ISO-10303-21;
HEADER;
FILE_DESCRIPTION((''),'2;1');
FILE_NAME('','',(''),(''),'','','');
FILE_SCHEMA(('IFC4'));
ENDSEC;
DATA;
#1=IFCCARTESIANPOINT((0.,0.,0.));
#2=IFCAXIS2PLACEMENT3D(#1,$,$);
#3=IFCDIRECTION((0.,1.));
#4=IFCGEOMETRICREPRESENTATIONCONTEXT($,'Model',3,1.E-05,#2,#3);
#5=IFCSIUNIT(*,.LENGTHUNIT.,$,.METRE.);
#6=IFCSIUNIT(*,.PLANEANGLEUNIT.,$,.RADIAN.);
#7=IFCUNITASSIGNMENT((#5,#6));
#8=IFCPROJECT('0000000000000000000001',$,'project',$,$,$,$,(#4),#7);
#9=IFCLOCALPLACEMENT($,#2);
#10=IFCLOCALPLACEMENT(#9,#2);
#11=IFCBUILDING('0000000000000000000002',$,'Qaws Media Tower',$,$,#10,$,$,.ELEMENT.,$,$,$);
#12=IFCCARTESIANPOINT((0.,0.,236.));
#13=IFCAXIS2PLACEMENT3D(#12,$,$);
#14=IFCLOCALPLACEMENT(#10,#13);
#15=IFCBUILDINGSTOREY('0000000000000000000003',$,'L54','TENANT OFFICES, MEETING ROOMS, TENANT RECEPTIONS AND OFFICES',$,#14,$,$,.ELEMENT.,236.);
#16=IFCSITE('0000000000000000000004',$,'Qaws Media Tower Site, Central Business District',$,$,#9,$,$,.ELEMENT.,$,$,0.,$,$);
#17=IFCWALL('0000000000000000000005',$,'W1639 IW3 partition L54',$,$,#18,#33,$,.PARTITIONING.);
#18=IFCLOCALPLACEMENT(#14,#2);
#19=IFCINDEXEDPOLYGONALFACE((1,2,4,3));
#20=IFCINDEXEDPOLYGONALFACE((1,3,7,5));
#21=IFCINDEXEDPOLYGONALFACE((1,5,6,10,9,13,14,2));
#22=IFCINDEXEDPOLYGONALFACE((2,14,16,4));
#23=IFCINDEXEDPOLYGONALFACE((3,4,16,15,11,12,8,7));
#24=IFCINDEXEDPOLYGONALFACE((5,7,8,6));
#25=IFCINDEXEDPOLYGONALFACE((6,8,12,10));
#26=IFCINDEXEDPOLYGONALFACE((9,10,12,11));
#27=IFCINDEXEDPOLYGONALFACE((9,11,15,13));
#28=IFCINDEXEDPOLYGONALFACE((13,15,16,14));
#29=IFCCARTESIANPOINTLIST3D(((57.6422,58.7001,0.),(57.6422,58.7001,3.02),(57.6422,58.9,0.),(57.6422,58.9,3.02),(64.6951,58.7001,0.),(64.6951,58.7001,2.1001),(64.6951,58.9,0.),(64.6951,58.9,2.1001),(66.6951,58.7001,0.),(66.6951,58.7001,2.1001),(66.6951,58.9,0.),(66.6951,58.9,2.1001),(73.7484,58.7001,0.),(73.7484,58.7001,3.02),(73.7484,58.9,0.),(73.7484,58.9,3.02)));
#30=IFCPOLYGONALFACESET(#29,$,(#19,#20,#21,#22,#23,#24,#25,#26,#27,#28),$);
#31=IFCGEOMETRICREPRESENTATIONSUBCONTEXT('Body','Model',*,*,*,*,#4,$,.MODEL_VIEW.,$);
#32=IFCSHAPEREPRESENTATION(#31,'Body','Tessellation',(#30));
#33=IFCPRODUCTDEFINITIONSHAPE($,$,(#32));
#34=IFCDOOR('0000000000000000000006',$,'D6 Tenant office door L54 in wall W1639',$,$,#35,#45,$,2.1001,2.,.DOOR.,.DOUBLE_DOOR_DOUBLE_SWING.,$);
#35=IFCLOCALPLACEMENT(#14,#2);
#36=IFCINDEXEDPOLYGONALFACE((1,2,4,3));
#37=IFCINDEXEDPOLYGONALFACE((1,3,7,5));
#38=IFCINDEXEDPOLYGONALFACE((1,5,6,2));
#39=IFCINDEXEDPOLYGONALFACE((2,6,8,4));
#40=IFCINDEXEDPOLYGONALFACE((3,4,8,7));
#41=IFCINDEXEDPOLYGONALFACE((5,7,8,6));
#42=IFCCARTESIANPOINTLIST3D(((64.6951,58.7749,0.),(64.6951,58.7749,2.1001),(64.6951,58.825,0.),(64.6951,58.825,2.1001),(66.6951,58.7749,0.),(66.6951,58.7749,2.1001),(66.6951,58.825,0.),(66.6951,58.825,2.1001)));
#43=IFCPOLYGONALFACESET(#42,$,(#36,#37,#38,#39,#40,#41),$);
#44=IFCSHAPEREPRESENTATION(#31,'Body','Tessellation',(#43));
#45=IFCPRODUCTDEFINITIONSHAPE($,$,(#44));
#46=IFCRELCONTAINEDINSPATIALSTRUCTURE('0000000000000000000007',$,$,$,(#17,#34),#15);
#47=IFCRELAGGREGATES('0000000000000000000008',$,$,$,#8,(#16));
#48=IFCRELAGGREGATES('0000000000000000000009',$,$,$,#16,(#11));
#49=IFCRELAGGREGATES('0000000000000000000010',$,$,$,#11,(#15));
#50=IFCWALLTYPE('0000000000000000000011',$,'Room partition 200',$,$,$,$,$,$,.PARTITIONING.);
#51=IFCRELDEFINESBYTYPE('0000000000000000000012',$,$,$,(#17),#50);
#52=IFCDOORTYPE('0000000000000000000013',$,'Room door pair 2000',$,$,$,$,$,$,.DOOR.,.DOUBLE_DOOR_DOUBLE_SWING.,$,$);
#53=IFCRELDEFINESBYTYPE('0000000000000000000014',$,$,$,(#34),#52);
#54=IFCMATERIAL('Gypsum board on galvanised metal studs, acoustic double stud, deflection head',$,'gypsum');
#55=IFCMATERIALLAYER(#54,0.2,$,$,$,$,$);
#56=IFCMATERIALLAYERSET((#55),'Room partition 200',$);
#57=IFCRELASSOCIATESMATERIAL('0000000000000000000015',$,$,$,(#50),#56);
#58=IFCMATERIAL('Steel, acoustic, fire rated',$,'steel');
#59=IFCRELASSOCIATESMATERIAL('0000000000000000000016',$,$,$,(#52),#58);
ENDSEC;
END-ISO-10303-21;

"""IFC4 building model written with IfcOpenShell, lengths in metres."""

from ifc_helpers import new_model, si_unit, direction, frame, frame_2d, origin, place, context, subcontext, project, spatial, rectangle, extrude, material, layer, layer_set, type_object, element, fill, save


model = new_model("IFC4")

# Units and contexts
model_context = context("Model", 3, precision=1e-05, world=origin(), true_north=direction((0.0, 1.0)))
body_context = subcontext(model_context, "Body", "Model", "MODEL_VIEW")
ifc_project = project(units=[si_unit("LENGTHUNIT", "METRE"), si_unit("PLANEANGLEUNIT", "RADIAN")], contexts=[model_context])

# Site, building, storey
site_placement = place(None, origin())
site = spatial("IfcSite", under=ifc_project, at=site_placement, Name="Qaws Media Tower Site, Central Business District", CompositionType="ELEMENT", RefElevation=0.0)
building_placement = place(site_placement, origin())
building = spatial("IfcBuilding", under=site, at=building_placement, Name="Qaws Media Tower", CompositionType="ELEMENT")
storey_placement = place(building_placement, frame((0.0, 0.0, 236.0)))
storey = spatial("IfcBuildingStorey", under=building, at=storey_placement, Name="L54", Description="TENANT OFFICES, MEETING ROOMS, TENANT RECEPTIONS AND OFFICES", CompositionType="ELEMENT", Elevation=236.0)

# Wall, opening, door
ifc_material_1 = material(Name="Gypsum board on galvanised metal studs, acoustic double stud, deflection head", Category="gypsum")
ifc_layer_1 = layer(ifc_material_1, 0.2)
ifc_layer_set_1 = layer_set([ifc_layer_1], Name="Room partition 200")
wall_type_1 = type_object("IfcWallType", Name="Room partition 200", PredefinedType="PARTITIONING", material=ifc_layer_set_1)
wall_1_placement = place(storey_placement, frame((57.6421, 58.8, 0.0), z_axis=(0.0, 0.0, 1.0), x_axis=(1.0, 0.0, 0.0)))
wall_1 = element("IfcWall", 1, at=wall_1_placement, inside=storey, type_object=wall_type_1, Name="W1639 IW3 partition L54", PredefinedType="PARTITIONING", context=body_context, shape_type="SweptSolid", body=[
    extrude(rectangle(XDim=16.1062, YDim=0.2, at=frame_2d((8.0532, 0.0))), origin(), (0.0, 0.0, 1.0), 3.02),
])
opening_placement = place(wall_1_placement, frame((7.053, 0.0, 0.0)))
opening = element("IfcOpeningElement", 2, at=opening_placement, cuts=wall_1, PredefinedType="OPENING", context=body_context, shape_type="SweptSolid", body=[
    extrude(rectangle(XDim=2.0, YDim=2.1001, at=frame_2d((1.0, 1.05))), frame((0.0, 0.1099, 0.0), z_axis=(0.0, -1.0, 0.0), x_axis=(1.0, 0.0, 0.0)), (0.0, 0.0, 1.0), 0.22),
])
ifc_material_2 = material(Name="Steel, acoustic, fire rated", Category="steel")
door_type = type_object("IfcDoorType", Name="Room door pair 2000", OperationType="DOUBLE_DOOR_DOUBLE_SWING", PredefinedType="DOOR", material=ifc_material_2)
door_placement = place(opening_placement, origin())
door = element("IfcDoor", 3, at=door_placement, inside=storey, type_object=door_type, Name="D6 Tenant office door L54 in wall W1639", OperationType="DOUBLE_DOOR_DOUBLE_SWING", OverallHeight=2.1001, OverallWidth=2.0, PredefinedType="DOOR", context=body_context, shape_type="SweptSolid", body=[
    extrude(rectangle(XDim=2.0, YDim=2.1001, at=frame_2d((1.0, 1.05))), frame((0.0, 0.0249, 0.0), z_axis=(0.0, -1.0, 0.0), x_axis=(1.0, 0.0, 0.0)), (0.0, 0.0, 1.0), 0.05),
])
fill(opening, door)

save(model, "model.ifc")
